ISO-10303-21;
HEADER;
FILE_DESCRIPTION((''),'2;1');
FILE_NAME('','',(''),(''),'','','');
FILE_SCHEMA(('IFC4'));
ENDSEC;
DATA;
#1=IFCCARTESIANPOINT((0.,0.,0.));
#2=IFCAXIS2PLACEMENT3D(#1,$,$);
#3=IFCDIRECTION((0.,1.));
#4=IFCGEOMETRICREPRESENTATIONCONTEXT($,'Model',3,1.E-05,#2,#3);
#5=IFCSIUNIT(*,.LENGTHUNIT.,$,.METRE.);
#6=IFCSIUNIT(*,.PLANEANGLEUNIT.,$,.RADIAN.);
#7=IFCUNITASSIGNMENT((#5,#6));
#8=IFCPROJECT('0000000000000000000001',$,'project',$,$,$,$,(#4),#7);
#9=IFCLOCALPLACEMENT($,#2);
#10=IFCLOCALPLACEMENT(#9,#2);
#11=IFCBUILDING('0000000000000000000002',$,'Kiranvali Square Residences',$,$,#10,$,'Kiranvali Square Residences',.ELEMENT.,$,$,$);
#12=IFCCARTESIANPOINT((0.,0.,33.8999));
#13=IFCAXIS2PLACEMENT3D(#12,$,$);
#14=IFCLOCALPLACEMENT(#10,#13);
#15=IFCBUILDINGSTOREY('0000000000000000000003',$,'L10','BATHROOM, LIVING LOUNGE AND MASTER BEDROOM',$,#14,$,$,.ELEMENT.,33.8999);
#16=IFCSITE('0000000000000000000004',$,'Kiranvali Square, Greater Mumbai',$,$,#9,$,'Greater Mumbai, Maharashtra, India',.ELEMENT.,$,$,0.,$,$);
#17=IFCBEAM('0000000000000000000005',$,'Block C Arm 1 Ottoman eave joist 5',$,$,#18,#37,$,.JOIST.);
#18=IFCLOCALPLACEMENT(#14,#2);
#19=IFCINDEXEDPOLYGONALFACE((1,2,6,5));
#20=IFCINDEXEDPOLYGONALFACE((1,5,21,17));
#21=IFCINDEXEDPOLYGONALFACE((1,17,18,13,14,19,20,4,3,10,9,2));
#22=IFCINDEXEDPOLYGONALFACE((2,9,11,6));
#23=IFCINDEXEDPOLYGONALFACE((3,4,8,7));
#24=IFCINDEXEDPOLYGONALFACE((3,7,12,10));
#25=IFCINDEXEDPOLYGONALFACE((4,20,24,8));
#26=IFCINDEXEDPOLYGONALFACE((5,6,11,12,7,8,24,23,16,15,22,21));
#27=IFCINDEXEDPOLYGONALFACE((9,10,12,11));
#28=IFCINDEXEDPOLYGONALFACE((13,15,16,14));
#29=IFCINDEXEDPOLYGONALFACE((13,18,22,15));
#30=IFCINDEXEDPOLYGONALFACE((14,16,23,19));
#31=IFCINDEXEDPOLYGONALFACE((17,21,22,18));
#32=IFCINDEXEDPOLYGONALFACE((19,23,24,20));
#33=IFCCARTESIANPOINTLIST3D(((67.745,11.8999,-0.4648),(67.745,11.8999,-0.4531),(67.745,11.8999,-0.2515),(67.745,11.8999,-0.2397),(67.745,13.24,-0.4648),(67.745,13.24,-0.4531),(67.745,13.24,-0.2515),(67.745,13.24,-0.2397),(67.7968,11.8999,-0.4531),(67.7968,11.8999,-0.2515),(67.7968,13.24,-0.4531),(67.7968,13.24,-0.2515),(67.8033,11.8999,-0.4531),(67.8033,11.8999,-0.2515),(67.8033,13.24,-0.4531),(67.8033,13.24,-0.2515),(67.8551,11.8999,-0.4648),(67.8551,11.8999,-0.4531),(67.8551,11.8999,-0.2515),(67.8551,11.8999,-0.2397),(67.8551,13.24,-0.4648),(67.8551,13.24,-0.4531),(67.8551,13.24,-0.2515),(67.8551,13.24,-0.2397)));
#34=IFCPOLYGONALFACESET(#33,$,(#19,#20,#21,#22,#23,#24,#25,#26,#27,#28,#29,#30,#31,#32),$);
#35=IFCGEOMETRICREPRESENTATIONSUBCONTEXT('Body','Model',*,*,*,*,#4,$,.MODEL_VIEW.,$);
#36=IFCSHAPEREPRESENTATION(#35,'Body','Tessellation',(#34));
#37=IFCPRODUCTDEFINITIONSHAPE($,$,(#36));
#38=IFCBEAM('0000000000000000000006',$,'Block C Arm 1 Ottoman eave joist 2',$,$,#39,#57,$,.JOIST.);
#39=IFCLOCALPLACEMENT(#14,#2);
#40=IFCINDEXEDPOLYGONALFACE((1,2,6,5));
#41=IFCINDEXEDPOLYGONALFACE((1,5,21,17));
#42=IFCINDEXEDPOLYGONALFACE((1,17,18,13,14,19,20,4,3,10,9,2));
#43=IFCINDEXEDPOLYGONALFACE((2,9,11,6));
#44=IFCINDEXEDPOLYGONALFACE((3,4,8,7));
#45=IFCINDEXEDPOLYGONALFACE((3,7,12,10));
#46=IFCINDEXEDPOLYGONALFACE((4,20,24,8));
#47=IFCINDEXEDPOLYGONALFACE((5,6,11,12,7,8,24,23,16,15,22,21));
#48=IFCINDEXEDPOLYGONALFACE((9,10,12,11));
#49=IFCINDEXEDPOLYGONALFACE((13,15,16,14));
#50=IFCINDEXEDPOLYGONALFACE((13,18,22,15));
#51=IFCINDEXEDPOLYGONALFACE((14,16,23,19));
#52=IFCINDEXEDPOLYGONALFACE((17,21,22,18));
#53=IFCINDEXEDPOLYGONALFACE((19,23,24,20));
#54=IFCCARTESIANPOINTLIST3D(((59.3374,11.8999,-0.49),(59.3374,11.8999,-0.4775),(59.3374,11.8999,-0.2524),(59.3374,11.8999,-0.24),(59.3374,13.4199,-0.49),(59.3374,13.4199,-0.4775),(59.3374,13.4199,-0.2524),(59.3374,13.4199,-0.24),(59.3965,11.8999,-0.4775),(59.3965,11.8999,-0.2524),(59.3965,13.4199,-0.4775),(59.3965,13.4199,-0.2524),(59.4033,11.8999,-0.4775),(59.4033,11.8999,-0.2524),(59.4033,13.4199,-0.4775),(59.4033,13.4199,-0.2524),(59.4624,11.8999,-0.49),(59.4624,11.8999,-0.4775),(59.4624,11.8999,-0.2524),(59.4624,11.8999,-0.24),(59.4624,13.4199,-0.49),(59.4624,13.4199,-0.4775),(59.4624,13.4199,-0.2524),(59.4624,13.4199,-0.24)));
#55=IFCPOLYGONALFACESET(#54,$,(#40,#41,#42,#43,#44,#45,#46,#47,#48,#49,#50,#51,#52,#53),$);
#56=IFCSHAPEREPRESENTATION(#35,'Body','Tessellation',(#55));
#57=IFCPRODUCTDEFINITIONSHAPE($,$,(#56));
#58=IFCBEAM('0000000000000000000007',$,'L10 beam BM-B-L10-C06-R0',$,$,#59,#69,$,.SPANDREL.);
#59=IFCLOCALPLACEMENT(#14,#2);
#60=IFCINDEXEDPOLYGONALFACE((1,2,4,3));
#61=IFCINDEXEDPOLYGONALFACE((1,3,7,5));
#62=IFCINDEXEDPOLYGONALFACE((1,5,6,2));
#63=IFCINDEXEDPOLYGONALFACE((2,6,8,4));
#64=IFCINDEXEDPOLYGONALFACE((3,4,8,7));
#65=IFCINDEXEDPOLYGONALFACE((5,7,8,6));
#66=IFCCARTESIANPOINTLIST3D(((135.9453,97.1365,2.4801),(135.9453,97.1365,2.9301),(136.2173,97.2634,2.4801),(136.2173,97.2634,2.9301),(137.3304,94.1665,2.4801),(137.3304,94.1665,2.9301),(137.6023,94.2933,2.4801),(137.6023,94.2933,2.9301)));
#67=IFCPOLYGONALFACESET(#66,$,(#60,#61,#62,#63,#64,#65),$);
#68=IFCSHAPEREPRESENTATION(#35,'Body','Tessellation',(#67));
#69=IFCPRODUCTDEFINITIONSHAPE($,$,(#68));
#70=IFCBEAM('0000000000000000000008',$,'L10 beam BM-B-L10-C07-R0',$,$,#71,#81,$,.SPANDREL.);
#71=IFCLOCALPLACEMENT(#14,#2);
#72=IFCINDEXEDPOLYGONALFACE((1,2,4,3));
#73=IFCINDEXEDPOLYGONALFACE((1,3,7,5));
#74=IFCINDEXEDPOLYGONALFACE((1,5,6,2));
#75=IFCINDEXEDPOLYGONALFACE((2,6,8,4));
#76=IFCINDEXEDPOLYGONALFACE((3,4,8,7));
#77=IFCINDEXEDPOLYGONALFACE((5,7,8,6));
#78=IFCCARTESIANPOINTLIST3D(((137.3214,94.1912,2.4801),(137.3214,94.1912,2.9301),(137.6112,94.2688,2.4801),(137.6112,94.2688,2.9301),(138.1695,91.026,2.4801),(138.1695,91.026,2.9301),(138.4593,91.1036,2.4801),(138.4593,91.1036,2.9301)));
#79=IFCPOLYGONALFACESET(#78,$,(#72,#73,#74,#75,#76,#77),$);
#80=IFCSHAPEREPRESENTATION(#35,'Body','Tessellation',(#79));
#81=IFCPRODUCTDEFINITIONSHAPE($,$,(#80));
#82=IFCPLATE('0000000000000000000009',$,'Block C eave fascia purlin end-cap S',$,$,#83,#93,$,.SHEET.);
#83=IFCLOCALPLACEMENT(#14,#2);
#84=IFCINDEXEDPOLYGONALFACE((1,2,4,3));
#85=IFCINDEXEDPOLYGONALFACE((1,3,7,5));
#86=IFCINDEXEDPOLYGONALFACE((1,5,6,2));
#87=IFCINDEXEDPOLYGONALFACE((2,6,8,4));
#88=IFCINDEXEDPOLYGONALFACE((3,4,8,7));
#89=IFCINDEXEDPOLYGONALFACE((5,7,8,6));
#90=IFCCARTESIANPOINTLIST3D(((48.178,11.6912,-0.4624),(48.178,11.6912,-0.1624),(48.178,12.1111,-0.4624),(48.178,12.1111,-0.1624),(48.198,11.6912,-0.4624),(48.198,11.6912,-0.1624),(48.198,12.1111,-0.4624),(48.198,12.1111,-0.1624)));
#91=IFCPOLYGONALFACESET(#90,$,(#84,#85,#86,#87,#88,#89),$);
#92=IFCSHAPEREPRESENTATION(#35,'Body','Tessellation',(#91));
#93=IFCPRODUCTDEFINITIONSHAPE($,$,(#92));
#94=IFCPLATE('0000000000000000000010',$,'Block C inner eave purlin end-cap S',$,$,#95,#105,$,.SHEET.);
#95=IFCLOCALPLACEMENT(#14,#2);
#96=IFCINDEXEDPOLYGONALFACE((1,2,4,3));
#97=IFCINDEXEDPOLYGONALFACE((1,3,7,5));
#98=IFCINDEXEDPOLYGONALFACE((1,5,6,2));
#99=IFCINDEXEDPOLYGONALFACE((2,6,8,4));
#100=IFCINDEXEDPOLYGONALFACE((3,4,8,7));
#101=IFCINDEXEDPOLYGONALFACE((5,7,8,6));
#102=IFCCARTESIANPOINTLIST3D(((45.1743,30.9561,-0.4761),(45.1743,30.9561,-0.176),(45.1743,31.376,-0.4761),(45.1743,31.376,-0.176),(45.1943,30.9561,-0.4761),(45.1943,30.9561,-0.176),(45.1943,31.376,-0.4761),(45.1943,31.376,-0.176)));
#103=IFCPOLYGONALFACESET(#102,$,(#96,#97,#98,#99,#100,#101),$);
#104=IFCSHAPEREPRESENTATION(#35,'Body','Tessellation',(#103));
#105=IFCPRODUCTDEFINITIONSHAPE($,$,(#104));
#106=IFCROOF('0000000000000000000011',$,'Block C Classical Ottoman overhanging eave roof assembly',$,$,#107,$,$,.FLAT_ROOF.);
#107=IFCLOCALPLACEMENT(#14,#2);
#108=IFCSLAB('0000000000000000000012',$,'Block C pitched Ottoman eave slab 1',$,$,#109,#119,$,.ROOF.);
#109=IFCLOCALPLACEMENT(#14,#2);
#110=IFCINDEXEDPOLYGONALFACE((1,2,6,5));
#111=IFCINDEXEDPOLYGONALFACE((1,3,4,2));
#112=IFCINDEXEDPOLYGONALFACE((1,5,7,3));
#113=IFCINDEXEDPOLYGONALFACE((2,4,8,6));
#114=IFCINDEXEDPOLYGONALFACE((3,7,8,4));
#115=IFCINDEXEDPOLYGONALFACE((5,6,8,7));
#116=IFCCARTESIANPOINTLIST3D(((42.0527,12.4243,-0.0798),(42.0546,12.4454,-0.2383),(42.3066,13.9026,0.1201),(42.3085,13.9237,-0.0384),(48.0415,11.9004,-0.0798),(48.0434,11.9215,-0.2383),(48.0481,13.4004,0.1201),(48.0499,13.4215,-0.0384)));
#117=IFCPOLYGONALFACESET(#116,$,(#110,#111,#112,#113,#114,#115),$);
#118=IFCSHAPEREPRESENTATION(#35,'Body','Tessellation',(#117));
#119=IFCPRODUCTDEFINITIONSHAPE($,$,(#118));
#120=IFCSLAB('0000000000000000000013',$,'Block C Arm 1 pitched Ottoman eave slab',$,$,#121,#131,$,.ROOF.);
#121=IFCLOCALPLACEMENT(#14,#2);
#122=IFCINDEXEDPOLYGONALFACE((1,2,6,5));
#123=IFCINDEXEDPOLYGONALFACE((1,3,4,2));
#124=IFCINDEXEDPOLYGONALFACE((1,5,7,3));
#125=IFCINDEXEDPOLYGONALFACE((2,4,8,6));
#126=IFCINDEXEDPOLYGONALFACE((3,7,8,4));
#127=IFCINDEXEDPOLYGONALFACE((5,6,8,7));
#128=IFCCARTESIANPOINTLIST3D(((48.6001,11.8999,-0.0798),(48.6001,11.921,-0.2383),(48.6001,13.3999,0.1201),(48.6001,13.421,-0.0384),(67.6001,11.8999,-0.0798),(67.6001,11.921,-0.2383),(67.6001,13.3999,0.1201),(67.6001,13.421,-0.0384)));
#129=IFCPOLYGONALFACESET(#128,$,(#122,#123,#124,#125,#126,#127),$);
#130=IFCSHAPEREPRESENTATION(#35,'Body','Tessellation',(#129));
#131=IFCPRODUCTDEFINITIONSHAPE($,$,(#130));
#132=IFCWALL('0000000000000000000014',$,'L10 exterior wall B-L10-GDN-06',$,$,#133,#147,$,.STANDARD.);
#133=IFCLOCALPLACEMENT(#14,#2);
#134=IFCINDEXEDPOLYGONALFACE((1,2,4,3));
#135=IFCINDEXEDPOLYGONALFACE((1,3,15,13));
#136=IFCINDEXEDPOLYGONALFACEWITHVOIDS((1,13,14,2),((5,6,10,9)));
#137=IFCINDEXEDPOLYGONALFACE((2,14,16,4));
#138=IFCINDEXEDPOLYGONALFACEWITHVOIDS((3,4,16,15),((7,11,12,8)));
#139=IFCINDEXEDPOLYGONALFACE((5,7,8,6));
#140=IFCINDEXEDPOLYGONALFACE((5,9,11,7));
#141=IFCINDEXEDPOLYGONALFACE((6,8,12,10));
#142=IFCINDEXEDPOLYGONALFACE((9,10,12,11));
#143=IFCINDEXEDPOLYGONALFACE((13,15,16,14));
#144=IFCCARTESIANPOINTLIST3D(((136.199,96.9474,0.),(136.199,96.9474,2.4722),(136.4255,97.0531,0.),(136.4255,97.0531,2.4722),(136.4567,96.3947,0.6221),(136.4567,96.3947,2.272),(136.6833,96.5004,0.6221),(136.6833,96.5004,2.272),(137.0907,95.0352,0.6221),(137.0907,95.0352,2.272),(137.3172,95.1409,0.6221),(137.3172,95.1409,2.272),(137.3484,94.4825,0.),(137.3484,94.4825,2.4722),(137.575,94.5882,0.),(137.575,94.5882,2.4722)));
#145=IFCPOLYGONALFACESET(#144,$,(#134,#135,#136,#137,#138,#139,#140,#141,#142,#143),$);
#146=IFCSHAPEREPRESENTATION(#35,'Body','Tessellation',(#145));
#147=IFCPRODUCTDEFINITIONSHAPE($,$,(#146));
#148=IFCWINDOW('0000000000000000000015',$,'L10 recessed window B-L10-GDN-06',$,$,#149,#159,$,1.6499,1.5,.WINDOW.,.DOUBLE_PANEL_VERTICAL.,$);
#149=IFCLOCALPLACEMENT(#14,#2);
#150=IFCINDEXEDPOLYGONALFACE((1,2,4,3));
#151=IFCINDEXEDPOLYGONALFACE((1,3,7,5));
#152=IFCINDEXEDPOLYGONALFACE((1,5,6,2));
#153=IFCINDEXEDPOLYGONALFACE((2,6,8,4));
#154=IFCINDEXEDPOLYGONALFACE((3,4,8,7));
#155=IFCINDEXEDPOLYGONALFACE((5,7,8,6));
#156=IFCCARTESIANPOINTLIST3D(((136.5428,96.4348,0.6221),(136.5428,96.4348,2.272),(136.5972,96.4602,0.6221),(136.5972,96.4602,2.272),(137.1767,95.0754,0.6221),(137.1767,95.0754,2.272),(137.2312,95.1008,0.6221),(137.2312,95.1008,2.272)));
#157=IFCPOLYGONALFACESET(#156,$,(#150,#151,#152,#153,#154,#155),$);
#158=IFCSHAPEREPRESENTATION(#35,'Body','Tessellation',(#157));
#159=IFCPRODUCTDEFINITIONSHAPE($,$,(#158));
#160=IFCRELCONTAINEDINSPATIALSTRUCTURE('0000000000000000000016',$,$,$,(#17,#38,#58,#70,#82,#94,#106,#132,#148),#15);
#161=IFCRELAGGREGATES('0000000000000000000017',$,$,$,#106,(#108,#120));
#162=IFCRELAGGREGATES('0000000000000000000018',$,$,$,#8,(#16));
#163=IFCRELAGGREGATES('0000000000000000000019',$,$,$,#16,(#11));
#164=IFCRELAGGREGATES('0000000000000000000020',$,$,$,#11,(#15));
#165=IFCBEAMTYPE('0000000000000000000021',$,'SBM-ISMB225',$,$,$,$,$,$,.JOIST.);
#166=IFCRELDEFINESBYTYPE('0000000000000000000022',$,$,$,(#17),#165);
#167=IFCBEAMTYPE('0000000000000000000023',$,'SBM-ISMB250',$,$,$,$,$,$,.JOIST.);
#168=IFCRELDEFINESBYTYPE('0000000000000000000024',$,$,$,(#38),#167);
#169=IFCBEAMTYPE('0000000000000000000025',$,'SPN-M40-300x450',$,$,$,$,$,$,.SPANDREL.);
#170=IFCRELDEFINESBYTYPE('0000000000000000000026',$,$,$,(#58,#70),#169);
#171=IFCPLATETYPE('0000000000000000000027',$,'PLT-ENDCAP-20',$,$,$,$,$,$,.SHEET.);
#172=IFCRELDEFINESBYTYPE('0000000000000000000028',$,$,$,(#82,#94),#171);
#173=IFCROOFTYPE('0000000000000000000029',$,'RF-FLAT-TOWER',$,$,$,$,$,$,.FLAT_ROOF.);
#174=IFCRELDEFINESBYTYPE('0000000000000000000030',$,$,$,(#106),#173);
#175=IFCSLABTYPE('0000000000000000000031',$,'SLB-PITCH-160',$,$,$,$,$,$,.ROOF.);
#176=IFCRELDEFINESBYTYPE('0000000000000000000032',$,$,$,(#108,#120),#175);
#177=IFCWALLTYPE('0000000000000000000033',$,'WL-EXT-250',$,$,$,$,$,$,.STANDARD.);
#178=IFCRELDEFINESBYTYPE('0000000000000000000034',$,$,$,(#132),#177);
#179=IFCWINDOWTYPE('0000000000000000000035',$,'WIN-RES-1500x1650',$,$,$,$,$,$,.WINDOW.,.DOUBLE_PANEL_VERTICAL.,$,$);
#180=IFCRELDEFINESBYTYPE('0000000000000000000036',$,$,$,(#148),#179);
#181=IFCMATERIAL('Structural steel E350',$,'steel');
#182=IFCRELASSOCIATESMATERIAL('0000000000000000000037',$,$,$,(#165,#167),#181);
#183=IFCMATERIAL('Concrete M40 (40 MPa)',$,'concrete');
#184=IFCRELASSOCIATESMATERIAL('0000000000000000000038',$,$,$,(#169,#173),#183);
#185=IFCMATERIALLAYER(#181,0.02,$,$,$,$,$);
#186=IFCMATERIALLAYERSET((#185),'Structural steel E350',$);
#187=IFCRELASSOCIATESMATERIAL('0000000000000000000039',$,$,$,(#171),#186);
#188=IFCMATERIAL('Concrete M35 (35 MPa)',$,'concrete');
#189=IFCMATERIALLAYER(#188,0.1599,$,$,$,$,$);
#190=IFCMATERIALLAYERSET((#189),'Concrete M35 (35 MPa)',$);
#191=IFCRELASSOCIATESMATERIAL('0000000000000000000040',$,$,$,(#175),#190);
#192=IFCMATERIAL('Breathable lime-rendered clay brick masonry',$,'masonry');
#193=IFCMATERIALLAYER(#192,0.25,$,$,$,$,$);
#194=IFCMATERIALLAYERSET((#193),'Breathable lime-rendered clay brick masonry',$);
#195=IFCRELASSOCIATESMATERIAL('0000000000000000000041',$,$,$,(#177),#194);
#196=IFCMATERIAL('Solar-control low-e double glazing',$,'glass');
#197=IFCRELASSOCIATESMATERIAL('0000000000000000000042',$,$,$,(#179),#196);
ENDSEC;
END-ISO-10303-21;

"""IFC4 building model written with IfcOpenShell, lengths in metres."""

from ifc_helpers import new_model, si_unit, direction, frame, frame_2d, origin, origin_2d, place, context, subcontext, project, spatial, polyline, rectangle, i_section, outline, extrude, material, layer, layer_set, material_profile, profile_set, type_object, element, fill, aggregate, save


model = new_model("IFC4")

# Units and contexts
model_context = context("Model", 3, precision=1e-05, world=origin(), true_north=direction((0.0, 1.0)))
body_context = subcontext(model_context, "Body", "Model", "MODEL_VIEW")
ifc_project = project(units=[si_unit("LENGTHUNIT", "METRE"), si_unit("PLANEANGLEUNIT", "RADIAN")], contexts=[model_context])

# Site, building, storey
site_placement = place(None, origin())
site = spatial("IfcSite", under=ifc_project, at=site_placement, Name="Kiranvali Square, Greater Mumbai", LongName="Greater Mumbai, Maharashtra, India", CompositionType="ELEMENT", RefElevation=0.0)
building_placement = place(site_placement, origin())
building = spatial("IfcBuilding", under=site, at=building_placement, Name="Kiranvali Square Residences", LongName="Kiranvali Square Residences", CompositionType="ELEMENT")
storey_placement = place(building_placement, frame((0.0, 0.0, 33.8999)))
storey = spatial("IfcBuildingStorey", under=building, at=storey_placement, Name="L10", Description="BATHROOM, LIVING LOUNGE AND MASTER BEDROOM", CompositionType="ELEMENT", Elevation=33.8999)

# Shared definitions
ifc_material_1 = material(Name="Concrete M40 (40 MPa)", Category="concrete")

# Shared definitions
ifc_material_2 = material(Name="Structural steel E350", Category="steel")

# Beams
ifc_material_profile_1 = material_profile(ifc_material_2, i_section(OverallWidth=0.1101, OverallDepth=0.2251, WebThickness=0.0066, FlangeThickness=0.0117, at=origin_2d()), Name="ISMB 225")
ifc_profile_set_1 = profile_set([ifc_material_profile_1], Name="Structural steel E350")
beam_type_1 = type_object("IfcBeamType", Name="SBM-ISMB225", PredefinedType="JOIST", material=ifc_profile_set_1)
beam_1_placement = place(storey_placement, frame((67.8, 13.24, -0.3523), z_axis=(0.0, -1.0, 0.0), x_axis=(1.0, 0.0, 0.0)))
element("IfcBeam", 1, at=beam_1_placement, inside=storey, type_object=beam_type_1, Name="Block C Arm 1 Ottoman eave joist 5", PredefinedType="JOIST", context=body_context, shape_type="SweptSolid", body=[
    extrude(i_section(OverallWidth=0.1101, OverallDepth=0.2251, WebThickness=0.0066, FlangeThickness=0.0117, at=origin_2d()), origin(), (0.0, 0.0, 1.0), 1.3401),
])
ifc_material_profile_2 = material_profile(ifc_material_2, i_section(OverallWidth=0.125, OverallDepth=0.25, WebThickness=0.0068, FlangeThickness=0.0125, at=origin_2d()), Name="ISMB 250")
ifc_profile_set_2 = profile_set([ifc_material_profile_2], Name="Structural steel E350")
beam_type_2 = type_object("IfcBeamType", Name="SBM-ISMB250", PredefinedType="JOIST", material=ifc_profile_set_2)
beam_2_placement = place(storey_placement, frame((59.3999, 13.4199, -0.365), z_axis=(0.0, -1.0, 0.0), x_axis=(1.0, 0.0, 0.0)))
element("IfcBeam", 2, at=beam_2_placement, inside=storey, type_object=beam_type_2, Name="Block C Arm 1 Ottoman eave joist 2", PredefinedType="JOIST", context=body_context, shape_type="SweptSolid", body=[
    extrude(i_section(OverallWidth=0.125, OverallDepth=0.25, WebThickness=0.0068, FlangeThickness=0.0125, at=origin_2d()), origin(), (0.0, 0.0, 1.0), 1.52),
])
ifc_material_profile_3 = material_profile(ifc_material_1, rectangle(XDim=0.3, YDim=0.45, at=origin_2d()), Name="RC 300x450")
ifc_profile_set_3 = profile_set([ifc_material_profile_3], Name="Concrete M40 (40 MPa)")
beam_type_3 = type_object("IfcBeamType", Name="SPN-M40-300x450", PredefinedType="SPANDREL", material=ifc_profile_set_3)
beam_3_placement = place(storey_placement, frame((136.0813, 97.2, 2.7051), z_axis=(0.422641, -0.906297, 0.0), x_axis=(0.906297, 0.422641, 0.0)))
element("IfcBeam", 3, at=beam_3_placement, inside=storey, type_object=beam_type_3, Name="L10 beam BM-B-L10-C06-R0", PredefinedType="SPANDREL", context=body_context, shape_type="SweptSolid", body=[
    extrude(rectangle(XDim=0.3, YDim=0.45, at=origin_2d()), origin(), (0.0, 0.0, 1.0), 3.2771),
])
beam_4_placement = place(storey_placement, frame((137.4663, 94.23, 2.7051), z_axis=(0.258822, -0.965925, 0.0), x_axis=(0.965925, 0.258822, 0.0)))
element("IfcBeam", 4, at=beam_4_placement, inside=storey, type_object=beam_type_3, Name="L10 beam BM-B-L10-C07-R0", PredefinedType="SPANDREL", context=body_context, shape_type="SweptSolid", body=[
    extrude(rectangle(XDim=0.3, YDim=0.45, at=origin_2d()), origin(), (0.0, 0.0, 1.0), 3.2769),
])

# Plates
ifc_layer_1 = layer(ifc_material_2, 0.02)
ifc_layer_set_1 = layer_set([ifc_layer_1], Name="Structural steel E350")
plate_type = type_object("IfcPlateType", Name="PLT-ENDCAP-20", PredefinedType="SHEET", material=ifc_layer_set_1)
for number, where, z_axis, x_axis, name in (
    (5, (48.188, 11.9011, -0.4624), (0.0, 0.0, 1.0), (1.0, 0.0, 0.0), "Block C eave fascia purlin end-cap S"),
    (6, (45.1843, 31.166, -0.4761), (0.0, 0.0, 1.0), (1.0, 0.0, 0.0), "Block C inner eave purlin end-cap S"),
):
    element("IfcPlate", number, at=place(storey_placement, frame(where, z_axis=z_axis, x_axis=x_axis)), inside=storey, type_object=plate_type, Name=name, PredefinedType="SHEET", context=body_context, shape_type="SweptSolid", body=[
        extrude(rectangle(XDim=0.02, YDim=0.4199, at=origin_2d()), origin(), (0.0, 0.0, 1.0), 0.3),
    ])

# Roof, slabs
roof_type = type_object("IfcRoofType", Name="RF-FLAT-TOWER", PredefinedType="FLAT_ROOF", material=ifc_material_1)
roof_placement = place(storey_placement, origin())
roof = element("IfcRoof", 7, at=roof_placement, inside=storey, type_object=roof_type, Name="Block C Classical Ottoman overhanging eave roof assembly", PredefinedType="FLAT_ROOF")
ifc_material_3 = material(Name="Concrete M35 (35 MPa)", Category="concrete")
ifc_layer_2 = layer(ifc_material_3, 0.1599)
ifc_layer_set_2 = layer_set([ifc_layer_2], Name="Concrete M35 (35 MPa)")
slab_type = type_object("IfcSlabType", Name="SLB-PITCH-160", PredefinedType="ROOF", material=ifc_layer_set_2)
slab_1_placement = place(storey_placement, frame((48.0481, 13.4004, 0.1201), z_axis=(-0.011554, -0.132077, 0.991172), x_axis=(-0.996196, 0.087136, -0.000001)))
slab_1 = element("IfcSlab", 8, at=slab_1_placement, type_object=slab_type, Name="Block C pitched Ottoman eave slab 1", PredefinedType="ROOF", context=body_context, shape_type="SweptSolid", body=[
    extrude(outline(polyline([(0.0, 0.0), (5.7634, 0.0), (5.8875, 1.5081), (-0.1241, 1.5082), (0.0, 0.0)])), origin(), (0.0, 0.0, -1.0), 0.1599),
])
slab_2_placement = place(storey_placement, frame((48.6001, 13.3999, 0.1201), z_axis=(0.0, -0.132132, 0.991232), x_axis=(1.0, 0.0, 0.0)))
slab_2 = element("IfcSlab", 9, at=slab_2_placement, type_object=slab_type, Name="Block C Arm 1 pitched Ottoman eave slab", PredefinedType="ROOF", context=body_context, shape_type="SweptSolid", body=[
    extrude(outline(polyline([(0.0, 0.0), (19.0, 0.0), (19.0, -1.5133), (0.0, -1.5133), (0.0, 0.0)])), origin(), (0.0, 0.0, -1.0), 0.1599),
])
aggregate(roof, [slab_1, slab_2])

# Shared definitions
ifc_material_4 = material(Name="Breathable lime-rendered clay brick masonry", Category="masonry")
ifc_layer_3 = layer(ifc_material_4, 0.25)
ifc_layer_set_3 = layer_set([ifc_layer_3], Name="Breathable lime-rendered clay brick masonry")
wall_type = type_object("IfcWallType", Name="WL-EXT-250", PredefinedType="STANDARD", material=ifc_layer_set_3)

# Wall, opening, window
wall_1_placement = place(storey_placement, frame((136.3123, 97.0002, 0.0), z_axis=(0.0, 0.0, 1.0), x_axis=(0.42263, -0.906302, 0.0)))
wall_1 = element("IfcWall", 10, at=wall_1_placement, inside=storey, type_object=wall_type, Name="L10 exterior wall B-L10-GDN-06", PredefinedType="STANDARD", context=body_context, shape_type="SweptSolid", body=[
    extrude(rectangle(XDim=2.7197, YDim=0.25, at=frame_2d((1.3599, 0.0))), origin(), (0.0, 0.0, 1.0), 2.4722),
])
opening_1_placement = place(wall_1_placement, frame((0.6099, 0.0, 0.6221)))
opening_1 = element("IfcOpeningElement", 11, at=opening_1_placement, cuts=wall_1, PredefinedType="OPENING", context=body_context, shape_type="SweptSolid", body=[
    extrude(rectangle(XDim=1.5, YDim=1.6499, at=frame_2d((0.75, 0.825))), frame((0.0, 0.135, 0.0), z_axis=(0.0, -1.0, 0.0), x_axis=(1.0, 0.0, 0.0)), (0.0, 0.0, 1.0), 0.27),
])
ifc_material_5 = material(Name="Solar-control low-e double glazing", Category="glass")
window_type_1 = type_object("IfcWindowType", Name="WIN-RES-1500x1650", PartitioningType="DOUBLE_PANEL_VERTICAL", PredefinedType="WINDOW", material=ifc_material_5)
window_1_placement = place(opening_1_placement, origin())
window_1 = element("IfcWindow", 12, at=window_1_placement, inside=storey, type_object=window_type_1, Name="L10 recessed window B-L10-GDN-06", OverallHeight=1.6499, OverallWidth=1.5, PartitioningType="DOUBLE_PANEL_VERTICAL", PredefinedType="WINDOW", context=body_context, shape_type="SweptSolid", body=[
    extrude(rectangle(XDim=1.5, YDim=1.6499, at=frame_2d((0.75, 0.825))), frame((0.0, 0.03, 0.0), z_axis=(0.0, -1.0, 0.0), x_axis=(1.0, 0.0, 0.0)), (0.0, 0.0, 1.0), 0.0601),
])
fill(opening_1, window_1)

save(model, "model.ifc")
